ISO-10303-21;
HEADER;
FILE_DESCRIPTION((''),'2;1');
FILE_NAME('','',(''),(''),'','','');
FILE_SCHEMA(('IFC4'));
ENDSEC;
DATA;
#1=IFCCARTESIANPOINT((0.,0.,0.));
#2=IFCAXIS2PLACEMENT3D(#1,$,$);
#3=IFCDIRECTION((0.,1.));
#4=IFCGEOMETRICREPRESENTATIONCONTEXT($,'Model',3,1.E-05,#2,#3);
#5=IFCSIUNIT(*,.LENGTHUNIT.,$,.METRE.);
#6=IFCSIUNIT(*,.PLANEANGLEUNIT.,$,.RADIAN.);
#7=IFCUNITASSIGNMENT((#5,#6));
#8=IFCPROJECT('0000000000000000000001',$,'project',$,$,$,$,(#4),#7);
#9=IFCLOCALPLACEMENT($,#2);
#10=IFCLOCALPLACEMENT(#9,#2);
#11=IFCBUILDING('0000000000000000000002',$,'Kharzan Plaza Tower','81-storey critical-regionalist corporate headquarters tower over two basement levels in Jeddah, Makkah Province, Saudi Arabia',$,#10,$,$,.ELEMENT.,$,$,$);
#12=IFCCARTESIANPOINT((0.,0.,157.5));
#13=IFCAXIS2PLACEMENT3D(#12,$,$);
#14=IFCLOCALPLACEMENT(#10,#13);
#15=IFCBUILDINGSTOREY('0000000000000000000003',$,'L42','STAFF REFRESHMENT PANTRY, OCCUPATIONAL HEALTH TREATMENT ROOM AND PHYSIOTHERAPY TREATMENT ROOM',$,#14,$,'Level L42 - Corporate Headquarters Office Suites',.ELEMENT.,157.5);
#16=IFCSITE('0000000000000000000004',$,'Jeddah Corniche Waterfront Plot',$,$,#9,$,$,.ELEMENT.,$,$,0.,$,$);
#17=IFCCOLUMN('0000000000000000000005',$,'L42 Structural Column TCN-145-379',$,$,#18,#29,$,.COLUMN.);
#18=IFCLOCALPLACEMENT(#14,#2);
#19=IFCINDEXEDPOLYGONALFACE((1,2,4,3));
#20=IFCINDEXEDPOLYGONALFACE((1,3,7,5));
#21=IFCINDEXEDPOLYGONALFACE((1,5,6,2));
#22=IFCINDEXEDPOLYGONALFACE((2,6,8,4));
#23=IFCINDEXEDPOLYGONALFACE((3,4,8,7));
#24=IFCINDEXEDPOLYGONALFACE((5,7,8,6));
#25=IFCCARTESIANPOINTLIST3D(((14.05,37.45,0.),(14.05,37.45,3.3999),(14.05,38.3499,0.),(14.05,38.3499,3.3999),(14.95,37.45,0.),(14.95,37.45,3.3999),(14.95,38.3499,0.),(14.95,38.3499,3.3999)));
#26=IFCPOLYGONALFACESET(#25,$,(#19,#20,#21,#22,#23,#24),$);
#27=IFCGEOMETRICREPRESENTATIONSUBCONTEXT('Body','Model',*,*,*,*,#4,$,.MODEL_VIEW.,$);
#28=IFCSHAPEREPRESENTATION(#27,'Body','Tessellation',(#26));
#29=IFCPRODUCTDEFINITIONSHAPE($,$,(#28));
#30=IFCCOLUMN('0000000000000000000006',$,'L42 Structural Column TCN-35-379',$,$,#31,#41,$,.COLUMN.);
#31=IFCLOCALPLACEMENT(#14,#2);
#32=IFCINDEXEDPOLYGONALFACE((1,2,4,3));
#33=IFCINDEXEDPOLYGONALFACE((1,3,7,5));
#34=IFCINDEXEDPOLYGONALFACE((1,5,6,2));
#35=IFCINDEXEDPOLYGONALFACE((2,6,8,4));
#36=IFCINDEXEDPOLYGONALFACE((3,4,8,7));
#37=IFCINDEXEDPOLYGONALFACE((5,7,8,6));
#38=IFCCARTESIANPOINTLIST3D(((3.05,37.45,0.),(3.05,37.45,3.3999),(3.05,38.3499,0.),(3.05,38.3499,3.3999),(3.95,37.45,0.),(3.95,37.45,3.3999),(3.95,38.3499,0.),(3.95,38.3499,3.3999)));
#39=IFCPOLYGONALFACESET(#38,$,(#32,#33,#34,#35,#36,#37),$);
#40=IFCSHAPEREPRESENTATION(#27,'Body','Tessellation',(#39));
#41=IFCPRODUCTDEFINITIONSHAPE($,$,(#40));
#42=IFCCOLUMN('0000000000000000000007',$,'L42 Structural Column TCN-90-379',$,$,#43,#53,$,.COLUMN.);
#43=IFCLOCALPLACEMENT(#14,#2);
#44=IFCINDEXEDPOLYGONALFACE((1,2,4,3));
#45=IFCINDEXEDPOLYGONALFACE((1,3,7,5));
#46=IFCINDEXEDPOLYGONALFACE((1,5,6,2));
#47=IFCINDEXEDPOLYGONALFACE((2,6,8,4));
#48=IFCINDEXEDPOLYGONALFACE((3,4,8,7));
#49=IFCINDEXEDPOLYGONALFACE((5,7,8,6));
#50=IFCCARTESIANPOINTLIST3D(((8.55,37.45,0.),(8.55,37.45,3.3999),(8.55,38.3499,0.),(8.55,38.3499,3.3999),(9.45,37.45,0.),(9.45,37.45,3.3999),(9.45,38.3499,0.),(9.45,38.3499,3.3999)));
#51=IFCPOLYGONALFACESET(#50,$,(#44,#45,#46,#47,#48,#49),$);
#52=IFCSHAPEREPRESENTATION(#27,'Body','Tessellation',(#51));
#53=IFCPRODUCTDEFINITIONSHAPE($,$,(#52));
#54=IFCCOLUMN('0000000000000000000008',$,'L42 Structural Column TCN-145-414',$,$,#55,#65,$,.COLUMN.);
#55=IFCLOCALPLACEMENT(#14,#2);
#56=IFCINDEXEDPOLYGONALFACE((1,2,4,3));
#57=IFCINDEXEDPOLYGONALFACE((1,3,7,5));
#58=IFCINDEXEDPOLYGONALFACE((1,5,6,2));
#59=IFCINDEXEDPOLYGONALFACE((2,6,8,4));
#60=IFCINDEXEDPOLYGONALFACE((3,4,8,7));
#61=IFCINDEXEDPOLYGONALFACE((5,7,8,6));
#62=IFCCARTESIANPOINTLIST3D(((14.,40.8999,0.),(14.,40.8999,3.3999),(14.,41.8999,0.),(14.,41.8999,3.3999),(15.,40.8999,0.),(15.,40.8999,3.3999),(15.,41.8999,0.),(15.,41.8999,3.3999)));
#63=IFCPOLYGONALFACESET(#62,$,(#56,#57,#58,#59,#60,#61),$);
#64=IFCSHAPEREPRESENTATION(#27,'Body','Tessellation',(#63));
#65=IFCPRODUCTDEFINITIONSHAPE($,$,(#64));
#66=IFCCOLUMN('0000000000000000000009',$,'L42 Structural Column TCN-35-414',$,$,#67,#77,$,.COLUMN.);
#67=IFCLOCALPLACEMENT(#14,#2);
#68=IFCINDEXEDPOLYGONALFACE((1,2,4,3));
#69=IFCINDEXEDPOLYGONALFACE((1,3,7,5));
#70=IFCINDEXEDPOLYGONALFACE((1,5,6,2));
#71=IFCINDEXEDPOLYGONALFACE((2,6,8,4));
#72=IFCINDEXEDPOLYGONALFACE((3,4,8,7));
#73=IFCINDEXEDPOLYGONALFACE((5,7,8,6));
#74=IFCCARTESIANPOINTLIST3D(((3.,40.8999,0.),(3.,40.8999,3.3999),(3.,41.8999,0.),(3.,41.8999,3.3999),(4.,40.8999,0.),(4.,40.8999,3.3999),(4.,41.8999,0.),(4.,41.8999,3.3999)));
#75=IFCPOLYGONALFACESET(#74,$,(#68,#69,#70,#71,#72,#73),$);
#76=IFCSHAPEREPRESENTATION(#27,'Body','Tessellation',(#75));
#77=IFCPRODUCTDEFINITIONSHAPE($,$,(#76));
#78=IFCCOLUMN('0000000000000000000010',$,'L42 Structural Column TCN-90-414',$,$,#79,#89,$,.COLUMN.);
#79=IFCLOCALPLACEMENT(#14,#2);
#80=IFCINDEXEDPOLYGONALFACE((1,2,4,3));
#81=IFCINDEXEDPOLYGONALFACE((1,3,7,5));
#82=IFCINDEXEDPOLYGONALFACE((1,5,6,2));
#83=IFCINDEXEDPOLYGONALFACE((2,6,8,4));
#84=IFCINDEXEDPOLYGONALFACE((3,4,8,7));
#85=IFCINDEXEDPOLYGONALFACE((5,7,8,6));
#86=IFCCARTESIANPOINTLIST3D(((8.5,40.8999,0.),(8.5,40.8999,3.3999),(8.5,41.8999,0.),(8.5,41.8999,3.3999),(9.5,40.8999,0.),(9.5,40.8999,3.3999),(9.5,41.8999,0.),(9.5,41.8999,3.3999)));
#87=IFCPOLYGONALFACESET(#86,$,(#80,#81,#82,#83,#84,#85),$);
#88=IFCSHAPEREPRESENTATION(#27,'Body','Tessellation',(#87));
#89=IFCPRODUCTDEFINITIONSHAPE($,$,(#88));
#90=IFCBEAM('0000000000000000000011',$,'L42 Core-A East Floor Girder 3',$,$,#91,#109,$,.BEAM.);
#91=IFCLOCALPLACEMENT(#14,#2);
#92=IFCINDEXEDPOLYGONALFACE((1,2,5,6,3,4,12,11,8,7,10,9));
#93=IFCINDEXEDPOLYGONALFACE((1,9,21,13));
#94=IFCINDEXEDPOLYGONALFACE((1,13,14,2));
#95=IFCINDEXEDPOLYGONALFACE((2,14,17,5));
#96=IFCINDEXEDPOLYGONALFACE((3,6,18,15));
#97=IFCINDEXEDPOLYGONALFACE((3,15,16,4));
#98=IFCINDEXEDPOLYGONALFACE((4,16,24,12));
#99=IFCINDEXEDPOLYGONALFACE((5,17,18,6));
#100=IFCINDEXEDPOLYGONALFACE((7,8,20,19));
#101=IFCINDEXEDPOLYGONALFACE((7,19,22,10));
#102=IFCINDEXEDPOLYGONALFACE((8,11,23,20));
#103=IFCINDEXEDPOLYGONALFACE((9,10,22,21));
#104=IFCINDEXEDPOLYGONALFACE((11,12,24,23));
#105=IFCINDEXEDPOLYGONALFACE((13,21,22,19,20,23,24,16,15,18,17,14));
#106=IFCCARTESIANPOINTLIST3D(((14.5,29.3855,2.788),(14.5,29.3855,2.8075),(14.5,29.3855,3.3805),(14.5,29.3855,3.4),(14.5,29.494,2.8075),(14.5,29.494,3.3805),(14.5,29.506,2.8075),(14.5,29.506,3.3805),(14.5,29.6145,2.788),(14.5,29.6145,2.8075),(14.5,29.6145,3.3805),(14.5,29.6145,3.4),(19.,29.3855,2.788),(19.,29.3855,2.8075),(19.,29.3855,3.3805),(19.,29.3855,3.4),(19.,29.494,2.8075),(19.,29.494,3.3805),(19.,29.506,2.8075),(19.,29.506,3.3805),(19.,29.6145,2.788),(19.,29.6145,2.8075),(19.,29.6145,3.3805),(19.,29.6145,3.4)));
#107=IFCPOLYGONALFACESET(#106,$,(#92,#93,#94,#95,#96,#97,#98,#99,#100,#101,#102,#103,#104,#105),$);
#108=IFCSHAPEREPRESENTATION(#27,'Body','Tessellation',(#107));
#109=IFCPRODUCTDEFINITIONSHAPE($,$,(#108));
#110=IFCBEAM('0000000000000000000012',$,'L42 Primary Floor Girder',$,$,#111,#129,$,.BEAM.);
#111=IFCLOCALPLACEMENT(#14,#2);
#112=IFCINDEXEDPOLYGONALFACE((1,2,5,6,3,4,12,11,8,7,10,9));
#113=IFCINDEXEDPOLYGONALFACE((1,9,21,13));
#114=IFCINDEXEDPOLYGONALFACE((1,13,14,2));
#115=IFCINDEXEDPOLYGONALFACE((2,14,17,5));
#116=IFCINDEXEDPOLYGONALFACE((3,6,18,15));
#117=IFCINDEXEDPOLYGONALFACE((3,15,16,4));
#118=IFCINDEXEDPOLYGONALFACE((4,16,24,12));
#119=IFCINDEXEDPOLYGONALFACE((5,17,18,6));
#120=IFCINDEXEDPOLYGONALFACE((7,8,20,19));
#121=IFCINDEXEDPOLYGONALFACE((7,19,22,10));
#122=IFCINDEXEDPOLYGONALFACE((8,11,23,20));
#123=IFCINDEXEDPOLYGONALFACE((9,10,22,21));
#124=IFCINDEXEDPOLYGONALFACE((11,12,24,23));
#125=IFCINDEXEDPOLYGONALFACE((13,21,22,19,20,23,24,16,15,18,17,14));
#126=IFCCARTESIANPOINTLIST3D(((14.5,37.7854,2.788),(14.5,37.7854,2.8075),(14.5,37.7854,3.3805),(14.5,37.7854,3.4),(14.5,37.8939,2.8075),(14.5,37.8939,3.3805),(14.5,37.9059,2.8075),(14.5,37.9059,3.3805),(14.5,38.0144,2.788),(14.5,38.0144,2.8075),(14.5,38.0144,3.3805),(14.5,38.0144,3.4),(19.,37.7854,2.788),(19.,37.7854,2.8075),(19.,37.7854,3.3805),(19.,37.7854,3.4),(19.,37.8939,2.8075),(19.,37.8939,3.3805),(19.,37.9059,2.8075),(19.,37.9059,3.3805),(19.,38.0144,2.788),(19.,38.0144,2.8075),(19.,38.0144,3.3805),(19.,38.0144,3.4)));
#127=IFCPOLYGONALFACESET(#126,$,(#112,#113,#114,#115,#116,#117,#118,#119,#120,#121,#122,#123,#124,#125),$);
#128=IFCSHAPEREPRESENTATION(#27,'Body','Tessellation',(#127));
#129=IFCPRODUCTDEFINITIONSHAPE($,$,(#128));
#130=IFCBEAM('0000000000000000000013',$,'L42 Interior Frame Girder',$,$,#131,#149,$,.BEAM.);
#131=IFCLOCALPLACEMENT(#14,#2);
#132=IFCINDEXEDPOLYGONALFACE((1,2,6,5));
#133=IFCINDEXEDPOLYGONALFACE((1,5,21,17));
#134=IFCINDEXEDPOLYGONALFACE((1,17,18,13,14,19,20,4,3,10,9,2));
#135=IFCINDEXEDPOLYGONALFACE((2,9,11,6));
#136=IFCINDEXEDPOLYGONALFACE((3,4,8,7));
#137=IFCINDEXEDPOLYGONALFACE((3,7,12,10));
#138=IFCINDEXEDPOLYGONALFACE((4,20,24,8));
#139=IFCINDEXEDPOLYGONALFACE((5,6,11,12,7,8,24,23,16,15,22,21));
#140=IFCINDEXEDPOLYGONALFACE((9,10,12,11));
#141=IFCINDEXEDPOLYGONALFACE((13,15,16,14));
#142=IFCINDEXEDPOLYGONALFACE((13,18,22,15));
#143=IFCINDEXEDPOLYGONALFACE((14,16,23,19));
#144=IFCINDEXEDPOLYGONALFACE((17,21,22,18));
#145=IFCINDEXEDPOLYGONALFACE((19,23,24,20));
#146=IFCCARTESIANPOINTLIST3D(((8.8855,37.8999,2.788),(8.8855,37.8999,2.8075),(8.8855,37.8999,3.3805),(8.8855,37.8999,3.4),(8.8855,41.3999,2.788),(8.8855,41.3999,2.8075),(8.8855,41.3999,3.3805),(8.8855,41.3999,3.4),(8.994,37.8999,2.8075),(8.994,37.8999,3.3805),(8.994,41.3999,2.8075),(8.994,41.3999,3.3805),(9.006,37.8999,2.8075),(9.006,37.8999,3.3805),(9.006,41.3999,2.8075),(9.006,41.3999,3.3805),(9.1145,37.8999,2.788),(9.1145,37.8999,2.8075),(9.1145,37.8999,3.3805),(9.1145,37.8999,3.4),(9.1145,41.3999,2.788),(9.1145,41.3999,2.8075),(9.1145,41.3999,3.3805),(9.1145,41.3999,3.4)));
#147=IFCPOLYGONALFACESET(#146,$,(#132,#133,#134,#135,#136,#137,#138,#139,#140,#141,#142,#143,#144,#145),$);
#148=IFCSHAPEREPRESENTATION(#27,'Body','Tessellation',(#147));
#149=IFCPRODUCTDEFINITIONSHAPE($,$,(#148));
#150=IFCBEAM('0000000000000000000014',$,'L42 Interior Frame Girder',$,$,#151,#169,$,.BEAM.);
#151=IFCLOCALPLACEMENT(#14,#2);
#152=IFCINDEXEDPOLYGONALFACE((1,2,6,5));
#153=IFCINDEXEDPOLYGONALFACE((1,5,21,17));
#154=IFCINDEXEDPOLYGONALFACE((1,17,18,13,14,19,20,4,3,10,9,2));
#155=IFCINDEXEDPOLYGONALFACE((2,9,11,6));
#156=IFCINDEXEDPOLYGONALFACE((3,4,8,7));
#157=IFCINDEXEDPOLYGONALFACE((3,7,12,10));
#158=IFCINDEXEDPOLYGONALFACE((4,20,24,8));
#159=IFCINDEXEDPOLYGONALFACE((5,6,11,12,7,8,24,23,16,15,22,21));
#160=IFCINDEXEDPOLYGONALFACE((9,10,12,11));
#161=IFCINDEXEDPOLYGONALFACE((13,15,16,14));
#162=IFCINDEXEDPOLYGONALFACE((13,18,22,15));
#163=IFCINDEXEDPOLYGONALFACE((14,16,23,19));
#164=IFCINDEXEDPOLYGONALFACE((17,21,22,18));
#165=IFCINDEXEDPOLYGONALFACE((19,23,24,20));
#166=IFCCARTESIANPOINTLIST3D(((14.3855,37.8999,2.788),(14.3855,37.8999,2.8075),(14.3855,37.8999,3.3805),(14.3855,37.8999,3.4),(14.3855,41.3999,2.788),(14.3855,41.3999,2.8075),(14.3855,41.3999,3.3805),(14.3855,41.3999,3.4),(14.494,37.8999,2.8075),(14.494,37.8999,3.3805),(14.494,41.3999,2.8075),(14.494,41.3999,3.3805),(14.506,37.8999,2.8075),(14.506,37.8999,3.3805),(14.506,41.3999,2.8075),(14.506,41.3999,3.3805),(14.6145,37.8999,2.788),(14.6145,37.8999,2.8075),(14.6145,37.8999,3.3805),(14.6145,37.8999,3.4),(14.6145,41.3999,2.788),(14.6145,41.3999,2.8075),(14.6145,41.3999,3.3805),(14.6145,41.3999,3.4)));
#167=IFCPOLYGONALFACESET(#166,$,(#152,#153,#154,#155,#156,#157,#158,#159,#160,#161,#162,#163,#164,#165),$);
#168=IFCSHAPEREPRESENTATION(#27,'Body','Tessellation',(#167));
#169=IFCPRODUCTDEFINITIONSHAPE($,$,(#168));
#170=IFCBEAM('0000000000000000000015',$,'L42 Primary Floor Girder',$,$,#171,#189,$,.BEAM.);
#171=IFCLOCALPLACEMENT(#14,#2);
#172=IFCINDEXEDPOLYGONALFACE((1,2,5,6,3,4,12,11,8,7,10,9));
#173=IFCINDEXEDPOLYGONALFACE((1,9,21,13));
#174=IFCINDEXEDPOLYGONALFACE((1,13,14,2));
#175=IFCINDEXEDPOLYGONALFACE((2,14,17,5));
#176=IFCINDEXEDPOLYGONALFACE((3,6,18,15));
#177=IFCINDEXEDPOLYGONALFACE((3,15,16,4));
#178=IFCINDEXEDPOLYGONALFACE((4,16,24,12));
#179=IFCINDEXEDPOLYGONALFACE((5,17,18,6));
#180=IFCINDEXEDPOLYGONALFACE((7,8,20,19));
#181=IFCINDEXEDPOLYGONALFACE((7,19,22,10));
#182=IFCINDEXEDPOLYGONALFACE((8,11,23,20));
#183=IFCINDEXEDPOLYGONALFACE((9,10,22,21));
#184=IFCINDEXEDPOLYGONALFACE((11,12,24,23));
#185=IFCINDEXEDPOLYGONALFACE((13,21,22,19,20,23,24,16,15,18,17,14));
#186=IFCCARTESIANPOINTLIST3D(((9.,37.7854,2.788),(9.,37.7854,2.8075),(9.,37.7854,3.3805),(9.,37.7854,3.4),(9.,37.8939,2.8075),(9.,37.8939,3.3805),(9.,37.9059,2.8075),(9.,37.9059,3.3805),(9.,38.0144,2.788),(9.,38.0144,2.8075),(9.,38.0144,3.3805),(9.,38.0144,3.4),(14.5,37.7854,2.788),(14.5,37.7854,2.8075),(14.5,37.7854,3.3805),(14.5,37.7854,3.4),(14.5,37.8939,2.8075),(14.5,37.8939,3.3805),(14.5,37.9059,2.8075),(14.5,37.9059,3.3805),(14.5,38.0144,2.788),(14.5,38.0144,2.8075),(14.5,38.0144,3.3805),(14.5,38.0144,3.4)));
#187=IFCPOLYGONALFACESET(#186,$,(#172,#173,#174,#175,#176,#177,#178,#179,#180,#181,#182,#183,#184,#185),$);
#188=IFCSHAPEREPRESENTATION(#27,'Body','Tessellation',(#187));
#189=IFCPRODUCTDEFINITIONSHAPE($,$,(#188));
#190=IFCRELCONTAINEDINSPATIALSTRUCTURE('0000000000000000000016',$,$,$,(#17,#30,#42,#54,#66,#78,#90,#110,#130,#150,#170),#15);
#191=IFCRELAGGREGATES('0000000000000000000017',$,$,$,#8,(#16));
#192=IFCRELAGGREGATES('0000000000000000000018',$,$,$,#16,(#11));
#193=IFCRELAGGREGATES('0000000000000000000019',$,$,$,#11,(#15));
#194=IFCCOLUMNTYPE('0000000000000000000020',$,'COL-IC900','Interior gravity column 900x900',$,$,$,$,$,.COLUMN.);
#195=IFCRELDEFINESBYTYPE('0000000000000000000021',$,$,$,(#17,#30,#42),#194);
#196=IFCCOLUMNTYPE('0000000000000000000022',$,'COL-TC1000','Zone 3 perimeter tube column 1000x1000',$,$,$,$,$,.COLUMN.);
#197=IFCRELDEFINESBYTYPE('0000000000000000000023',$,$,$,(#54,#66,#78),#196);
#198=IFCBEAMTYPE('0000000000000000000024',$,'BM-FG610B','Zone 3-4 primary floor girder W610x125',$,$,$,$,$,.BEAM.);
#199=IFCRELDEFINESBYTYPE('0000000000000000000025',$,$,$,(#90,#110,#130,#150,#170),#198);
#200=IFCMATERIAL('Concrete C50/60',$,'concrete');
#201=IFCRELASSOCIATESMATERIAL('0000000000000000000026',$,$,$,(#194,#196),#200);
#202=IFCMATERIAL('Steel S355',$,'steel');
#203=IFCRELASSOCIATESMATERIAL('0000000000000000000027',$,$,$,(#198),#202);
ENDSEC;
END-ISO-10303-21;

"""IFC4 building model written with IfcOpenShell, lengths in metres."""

from ifc_helpers import new_model, si_unit, direction, frame, origin, origin_2d, place, context, subcontext, project, spatial, rectangle, i_section, extrude, source, transform, mapped, material, material_profile, profile_set, type_object, element, save


model = new_model("IFC4")

# Units and contexts
model_context = context("Model", 3, precision=1e-05, world=origin(), true_north=direction((0.0, 1.0)))
body_context = subcontext(model_context, "Body", "Model", "MODEL_VIEW")
ifc_project = project(units=[si_unit("LENGTHUNIT", "METRE"), si_unit("PLANEANGLEUNIT", "RADIAN")], contexts=[model_context])

# Site, building, storey
site_placement = place(None, origin())
site = spatial("IfcSite", under=ifc_project, at=site_placement, Name="Jeddah Corniche Waterfront Plot", CompositionType="ELEMENT", RefElevation=0.0)
building_placement = place(site_placement, origin())
building = spatial("IfcBuilding", under=site, at=building_placement, Name="Kharzan Plaza Tower", Description="81-storey critical-regionalist corporate headquarters tower over two basement levels in Jeddah, Makkah Province, Saudi Arabia", CompositionType="ELEMENT")
storey_placement = place(building_placement, frame((0.0, 0.0, 157.5)))
storey = spatial("IfcBuildingStorey", under=building, at=storey_placement, Name="L42", Description="STAFF REFRESHMENT PANTRY, OCCUPATIONAL HEALTH TREATMENT ROOM AND PHYSIOTHERAPY TREATMENT ROOM", LongName="Level L42 - Corporate Headquarters Office Suites", CompositionType="ELEMENT", Elevation=157.5)

# Columns
ifc_material_1 = material(Name="Concrete C50/60", Category="concrete")
ifc_material_profile_1 = material_profile(ifc_material_1, rectangle(XDim=0.8999, YDim=0.8999, at=origin_2d()), Name="RC-IC900x900")
ifc_profile_set_1 = profile_set([ifc_material_profile_1], Name="Concrete C50/60")
column_type_1 = type_object("IfcColumnType", Name="COL-IC900", Description="Interior gravity column 900x900", PredefinedType="COLUMN", material=ifc_profile_set_1)
shared_shape_1 = source(origin(), body_context, "Body", "SweptSolid", [
    extrude(rectangle(XDim=0.8999, YDim=0.8999, at=origin_2d()), origin(), (0.0, 0.0, 1.0), 3.3999),
])
for number, where, z_axis, x_axis, name in (
    (1, (14.5, 37.8999, 0.0), (0.0, 0.0, 1.0), (1.0, 0.0, 0.0), "L42 Structural Column TCN-145-379"),
    (2, (3.5, 37.8999, 0.0), (0.0, 0.0, 1.0), (1.0, 0.0, 0.0), "L42 Structural Column TCN-35-379"),
    (3, (9.0, 37.8999, 0.0), (0.0, 0.0, 1.0), (1.0, 0.0, 0.0), "L42 Structural Column TCN-90-379"),
):
    element("IfcColumn", number, at=place(storey_placement, frame(where, z_axis=z_axis, x_axis=x_axis)), inside=storey, type_object=column_type_1, Name=name, PredefinedType="COLUMN", context=body_context, shape_type="MappedRepresentation", body=[
        mapped(shared_shape_1, transform((0.0, 0.0, 0.0), x_axis=(1.0, 0.0, 0.0), y_axis=(0.0, 1.0, 0.0), z_axis=(0.0, 0.0, 1.0))),
    ])
ifc_material_profile_2 = material_profile(ifc_material_1, rectangle(XDim=1.0, YDim=1.0, at=origin_2d()), Name="RC-TC1000x1000")
ifc_profile_set_2 = profile_set([ifc_material_profile_2], Name="Concrete C50/60")
column_type_2 = type_object("IfcColumnType", Name="COL-TC1000", Description="Zone 3 perimeter tube column 1000x1000", PredefinedType="COLUMN", material=ifc_profile_set_2)
shared_shape_2 = source(origin(), body_context, "Body", "SweptSolid", [
    extrude(rectangle(XDim=1.0, YDim=1.0, at=origin_2d()), origin(), (0.0, 0.0, 1.0), 3.3999),
])
for number, where, z_axis, x_axis, name in (
    (4, (14.5, 41.3999, 0.0), (0.0, 0.0, 1.0), (1.0, 0.0, 0.0), "L42 Structural Column TCN-145-414"),
    (5, (3.5, 41.3999, 0.0), (0.0, 0.0, 1.0), (1.0, 0.0, 0.0), "L42 Structural Column TCN-35-414"),
    (6, (9.0, 41.3999, 0.0), (0.0, 0.0, 1.0), (1.0, 0.0, 0.0), "L42 Structural Column TCN-90-414"),
):
    element("IfcColumn", number, at=place(storey_placement, frame(where, z_axis=z_axis, x_axis=x_axis)), inside=storey, type_object=column_type_2, Name=name, PredefinedType="COLUMN", context=body_context, shape_type="MappedRepresentation", body=[
        mapped(shared_shape_2, transform((0.0, 0.0, 0.0), x_axis=(1.0, 0.0, 0.0), y_axis=(0.0, 1.0, 0.0), z_axis=(0.0, 0.0, 1.0))),
    ])

# Beams
ifc_material_2 = material(Name="Steel S355", Category="steel")
ifc_material_profile_3 = material_profile(ifc_material_2, i_section(OverallWidth=0.229, OverallDepth=0.6121, WebThickness=0.012, FlangeThickness=0.0195, at=origin_2d()), Name="W610x125")
ifc_profile_set_3 = profile_set([ifc_material_profile_3], Name="Steel S355")
beam_type_1 = type_object("IfcBeamType", Name="BM-FG610B", Description="Zone 3-4 primary floor girder W610x125", PredefinedType="BEAM", material=ifc_profile_set_3)
shared_shape_3 = source(origin(), body_context, "Body", "SweptSolid", [
    extrude(i_section(OverallWidth=0.229, OverallDepth=0.6121, WebThickness=0.012, FlangeThickness=0.0195, at=origin_2d()), origin(), (0.0, 0.0, 1.0), 4.5),
])
for number, where, z_axis, x_axis, name in (
    (7, (14.5, 29.5, 3.094), (1.0, 0.0, 0.0), (0.0, 1.0, 0.0), "L42 Core-A East Floor Girder 3"),
    (8, (14.5, 37.8999, 3.094), (1.0, 0.0, 0.0), (0.0, 1.0, 0.0), "L42 Primary Floor Girder"),
):
    element("IfcBeam", number, at=place(storey_placement, frame(where, z_axis=z_axis, x_axis=x_axis)), inside=storey, type_object=beam_type_1, Name=name, PredefinedType="BEAM", context=body_context, shape_type="MappedRepresentation", body=[
        mapped(shared_shape_3, transform((0.0, 0.0, 0.0), x_axis=(1.0, 0.0, 0.0), y_axis=(0.0, 1.0, 0.0), z_axis=(0.0, 0.0, 1.0))),
    ])
shared_shape_4 = source(origin(), body_context, "Body", "SweptSolid", [
    extrude(i_section(OverallWidth=0.229, OverallDepth=0.6121, WebThickness=0.012, FlangeThickness=0.0195, at=origin_2d()), origin(), (0.0, 0.0, 1.0), 3.5),
])
for number, where, z_axis, x_axis, name in (
    (9, (9.0, 37.8999, 3.094), (0.0, 1.0, 0.0), (-1.0, 0.0, 0.0), "L42 Interior Frame Girder"),
    (10, (14.5, 37.8999, 3.094), (0.0, 1.0, 0.0), (-1.0, 0.0, 0.0), "L42 Interior Frame Girder"),
):
    element("IfcBeam", number, at=place(storey_placement, frame(where, z_axis=z_axis, x_axis=x_axis)), inside=storey, type_object=beam_type_1, Name=name, PredefinedType="BEAM", context=body_context, shape_type="MappedRepresentation", body=[
        mapped(shared_shape_4, transform((0.0, 0.0, 0.0), x_axis=(1.0, 0.0, 0.0), y_axis=(0.0, 1.0, 0.0), z_axis=(0.0, 0.0, 1.0))),
    ])
shared_shape_5 = source(origin(), body_context, "Body", "SweptSolid", [
    extrude(i_section(OverallWidth=0.229, OverallDepth=0.6121, WebThickness=0.012, FlangeThickness=0.0195, at=origin_2d()), origin(), (0.0, 0.0, 1.0), 5.5),
])
beam_1_placement = place(storey_placement, frame((9.0, 37.8999, 3.094), z_axis=(1.0, 0.0, 0.0), x_axis=(0.0, 1.0, 0.0)))
element("IfcBeam", 11, at=beam_1_placement, inside=storey, type_object=beam_type_1, Name="L42 Primary Floor Girder", PredefinedType="BEAM", context=body_context, shape_type="MappedRepresentation", body=[
    mapped(shared_shape_5, transform((0.0, 0.0, 0.0), x_axis=(1.0, 0.0, 0.0), y_axis=(0.0, 1.0, 0.0), z_axis=(0.0, 0.0, 1.0))),
])

save(model, "model.ifc")
